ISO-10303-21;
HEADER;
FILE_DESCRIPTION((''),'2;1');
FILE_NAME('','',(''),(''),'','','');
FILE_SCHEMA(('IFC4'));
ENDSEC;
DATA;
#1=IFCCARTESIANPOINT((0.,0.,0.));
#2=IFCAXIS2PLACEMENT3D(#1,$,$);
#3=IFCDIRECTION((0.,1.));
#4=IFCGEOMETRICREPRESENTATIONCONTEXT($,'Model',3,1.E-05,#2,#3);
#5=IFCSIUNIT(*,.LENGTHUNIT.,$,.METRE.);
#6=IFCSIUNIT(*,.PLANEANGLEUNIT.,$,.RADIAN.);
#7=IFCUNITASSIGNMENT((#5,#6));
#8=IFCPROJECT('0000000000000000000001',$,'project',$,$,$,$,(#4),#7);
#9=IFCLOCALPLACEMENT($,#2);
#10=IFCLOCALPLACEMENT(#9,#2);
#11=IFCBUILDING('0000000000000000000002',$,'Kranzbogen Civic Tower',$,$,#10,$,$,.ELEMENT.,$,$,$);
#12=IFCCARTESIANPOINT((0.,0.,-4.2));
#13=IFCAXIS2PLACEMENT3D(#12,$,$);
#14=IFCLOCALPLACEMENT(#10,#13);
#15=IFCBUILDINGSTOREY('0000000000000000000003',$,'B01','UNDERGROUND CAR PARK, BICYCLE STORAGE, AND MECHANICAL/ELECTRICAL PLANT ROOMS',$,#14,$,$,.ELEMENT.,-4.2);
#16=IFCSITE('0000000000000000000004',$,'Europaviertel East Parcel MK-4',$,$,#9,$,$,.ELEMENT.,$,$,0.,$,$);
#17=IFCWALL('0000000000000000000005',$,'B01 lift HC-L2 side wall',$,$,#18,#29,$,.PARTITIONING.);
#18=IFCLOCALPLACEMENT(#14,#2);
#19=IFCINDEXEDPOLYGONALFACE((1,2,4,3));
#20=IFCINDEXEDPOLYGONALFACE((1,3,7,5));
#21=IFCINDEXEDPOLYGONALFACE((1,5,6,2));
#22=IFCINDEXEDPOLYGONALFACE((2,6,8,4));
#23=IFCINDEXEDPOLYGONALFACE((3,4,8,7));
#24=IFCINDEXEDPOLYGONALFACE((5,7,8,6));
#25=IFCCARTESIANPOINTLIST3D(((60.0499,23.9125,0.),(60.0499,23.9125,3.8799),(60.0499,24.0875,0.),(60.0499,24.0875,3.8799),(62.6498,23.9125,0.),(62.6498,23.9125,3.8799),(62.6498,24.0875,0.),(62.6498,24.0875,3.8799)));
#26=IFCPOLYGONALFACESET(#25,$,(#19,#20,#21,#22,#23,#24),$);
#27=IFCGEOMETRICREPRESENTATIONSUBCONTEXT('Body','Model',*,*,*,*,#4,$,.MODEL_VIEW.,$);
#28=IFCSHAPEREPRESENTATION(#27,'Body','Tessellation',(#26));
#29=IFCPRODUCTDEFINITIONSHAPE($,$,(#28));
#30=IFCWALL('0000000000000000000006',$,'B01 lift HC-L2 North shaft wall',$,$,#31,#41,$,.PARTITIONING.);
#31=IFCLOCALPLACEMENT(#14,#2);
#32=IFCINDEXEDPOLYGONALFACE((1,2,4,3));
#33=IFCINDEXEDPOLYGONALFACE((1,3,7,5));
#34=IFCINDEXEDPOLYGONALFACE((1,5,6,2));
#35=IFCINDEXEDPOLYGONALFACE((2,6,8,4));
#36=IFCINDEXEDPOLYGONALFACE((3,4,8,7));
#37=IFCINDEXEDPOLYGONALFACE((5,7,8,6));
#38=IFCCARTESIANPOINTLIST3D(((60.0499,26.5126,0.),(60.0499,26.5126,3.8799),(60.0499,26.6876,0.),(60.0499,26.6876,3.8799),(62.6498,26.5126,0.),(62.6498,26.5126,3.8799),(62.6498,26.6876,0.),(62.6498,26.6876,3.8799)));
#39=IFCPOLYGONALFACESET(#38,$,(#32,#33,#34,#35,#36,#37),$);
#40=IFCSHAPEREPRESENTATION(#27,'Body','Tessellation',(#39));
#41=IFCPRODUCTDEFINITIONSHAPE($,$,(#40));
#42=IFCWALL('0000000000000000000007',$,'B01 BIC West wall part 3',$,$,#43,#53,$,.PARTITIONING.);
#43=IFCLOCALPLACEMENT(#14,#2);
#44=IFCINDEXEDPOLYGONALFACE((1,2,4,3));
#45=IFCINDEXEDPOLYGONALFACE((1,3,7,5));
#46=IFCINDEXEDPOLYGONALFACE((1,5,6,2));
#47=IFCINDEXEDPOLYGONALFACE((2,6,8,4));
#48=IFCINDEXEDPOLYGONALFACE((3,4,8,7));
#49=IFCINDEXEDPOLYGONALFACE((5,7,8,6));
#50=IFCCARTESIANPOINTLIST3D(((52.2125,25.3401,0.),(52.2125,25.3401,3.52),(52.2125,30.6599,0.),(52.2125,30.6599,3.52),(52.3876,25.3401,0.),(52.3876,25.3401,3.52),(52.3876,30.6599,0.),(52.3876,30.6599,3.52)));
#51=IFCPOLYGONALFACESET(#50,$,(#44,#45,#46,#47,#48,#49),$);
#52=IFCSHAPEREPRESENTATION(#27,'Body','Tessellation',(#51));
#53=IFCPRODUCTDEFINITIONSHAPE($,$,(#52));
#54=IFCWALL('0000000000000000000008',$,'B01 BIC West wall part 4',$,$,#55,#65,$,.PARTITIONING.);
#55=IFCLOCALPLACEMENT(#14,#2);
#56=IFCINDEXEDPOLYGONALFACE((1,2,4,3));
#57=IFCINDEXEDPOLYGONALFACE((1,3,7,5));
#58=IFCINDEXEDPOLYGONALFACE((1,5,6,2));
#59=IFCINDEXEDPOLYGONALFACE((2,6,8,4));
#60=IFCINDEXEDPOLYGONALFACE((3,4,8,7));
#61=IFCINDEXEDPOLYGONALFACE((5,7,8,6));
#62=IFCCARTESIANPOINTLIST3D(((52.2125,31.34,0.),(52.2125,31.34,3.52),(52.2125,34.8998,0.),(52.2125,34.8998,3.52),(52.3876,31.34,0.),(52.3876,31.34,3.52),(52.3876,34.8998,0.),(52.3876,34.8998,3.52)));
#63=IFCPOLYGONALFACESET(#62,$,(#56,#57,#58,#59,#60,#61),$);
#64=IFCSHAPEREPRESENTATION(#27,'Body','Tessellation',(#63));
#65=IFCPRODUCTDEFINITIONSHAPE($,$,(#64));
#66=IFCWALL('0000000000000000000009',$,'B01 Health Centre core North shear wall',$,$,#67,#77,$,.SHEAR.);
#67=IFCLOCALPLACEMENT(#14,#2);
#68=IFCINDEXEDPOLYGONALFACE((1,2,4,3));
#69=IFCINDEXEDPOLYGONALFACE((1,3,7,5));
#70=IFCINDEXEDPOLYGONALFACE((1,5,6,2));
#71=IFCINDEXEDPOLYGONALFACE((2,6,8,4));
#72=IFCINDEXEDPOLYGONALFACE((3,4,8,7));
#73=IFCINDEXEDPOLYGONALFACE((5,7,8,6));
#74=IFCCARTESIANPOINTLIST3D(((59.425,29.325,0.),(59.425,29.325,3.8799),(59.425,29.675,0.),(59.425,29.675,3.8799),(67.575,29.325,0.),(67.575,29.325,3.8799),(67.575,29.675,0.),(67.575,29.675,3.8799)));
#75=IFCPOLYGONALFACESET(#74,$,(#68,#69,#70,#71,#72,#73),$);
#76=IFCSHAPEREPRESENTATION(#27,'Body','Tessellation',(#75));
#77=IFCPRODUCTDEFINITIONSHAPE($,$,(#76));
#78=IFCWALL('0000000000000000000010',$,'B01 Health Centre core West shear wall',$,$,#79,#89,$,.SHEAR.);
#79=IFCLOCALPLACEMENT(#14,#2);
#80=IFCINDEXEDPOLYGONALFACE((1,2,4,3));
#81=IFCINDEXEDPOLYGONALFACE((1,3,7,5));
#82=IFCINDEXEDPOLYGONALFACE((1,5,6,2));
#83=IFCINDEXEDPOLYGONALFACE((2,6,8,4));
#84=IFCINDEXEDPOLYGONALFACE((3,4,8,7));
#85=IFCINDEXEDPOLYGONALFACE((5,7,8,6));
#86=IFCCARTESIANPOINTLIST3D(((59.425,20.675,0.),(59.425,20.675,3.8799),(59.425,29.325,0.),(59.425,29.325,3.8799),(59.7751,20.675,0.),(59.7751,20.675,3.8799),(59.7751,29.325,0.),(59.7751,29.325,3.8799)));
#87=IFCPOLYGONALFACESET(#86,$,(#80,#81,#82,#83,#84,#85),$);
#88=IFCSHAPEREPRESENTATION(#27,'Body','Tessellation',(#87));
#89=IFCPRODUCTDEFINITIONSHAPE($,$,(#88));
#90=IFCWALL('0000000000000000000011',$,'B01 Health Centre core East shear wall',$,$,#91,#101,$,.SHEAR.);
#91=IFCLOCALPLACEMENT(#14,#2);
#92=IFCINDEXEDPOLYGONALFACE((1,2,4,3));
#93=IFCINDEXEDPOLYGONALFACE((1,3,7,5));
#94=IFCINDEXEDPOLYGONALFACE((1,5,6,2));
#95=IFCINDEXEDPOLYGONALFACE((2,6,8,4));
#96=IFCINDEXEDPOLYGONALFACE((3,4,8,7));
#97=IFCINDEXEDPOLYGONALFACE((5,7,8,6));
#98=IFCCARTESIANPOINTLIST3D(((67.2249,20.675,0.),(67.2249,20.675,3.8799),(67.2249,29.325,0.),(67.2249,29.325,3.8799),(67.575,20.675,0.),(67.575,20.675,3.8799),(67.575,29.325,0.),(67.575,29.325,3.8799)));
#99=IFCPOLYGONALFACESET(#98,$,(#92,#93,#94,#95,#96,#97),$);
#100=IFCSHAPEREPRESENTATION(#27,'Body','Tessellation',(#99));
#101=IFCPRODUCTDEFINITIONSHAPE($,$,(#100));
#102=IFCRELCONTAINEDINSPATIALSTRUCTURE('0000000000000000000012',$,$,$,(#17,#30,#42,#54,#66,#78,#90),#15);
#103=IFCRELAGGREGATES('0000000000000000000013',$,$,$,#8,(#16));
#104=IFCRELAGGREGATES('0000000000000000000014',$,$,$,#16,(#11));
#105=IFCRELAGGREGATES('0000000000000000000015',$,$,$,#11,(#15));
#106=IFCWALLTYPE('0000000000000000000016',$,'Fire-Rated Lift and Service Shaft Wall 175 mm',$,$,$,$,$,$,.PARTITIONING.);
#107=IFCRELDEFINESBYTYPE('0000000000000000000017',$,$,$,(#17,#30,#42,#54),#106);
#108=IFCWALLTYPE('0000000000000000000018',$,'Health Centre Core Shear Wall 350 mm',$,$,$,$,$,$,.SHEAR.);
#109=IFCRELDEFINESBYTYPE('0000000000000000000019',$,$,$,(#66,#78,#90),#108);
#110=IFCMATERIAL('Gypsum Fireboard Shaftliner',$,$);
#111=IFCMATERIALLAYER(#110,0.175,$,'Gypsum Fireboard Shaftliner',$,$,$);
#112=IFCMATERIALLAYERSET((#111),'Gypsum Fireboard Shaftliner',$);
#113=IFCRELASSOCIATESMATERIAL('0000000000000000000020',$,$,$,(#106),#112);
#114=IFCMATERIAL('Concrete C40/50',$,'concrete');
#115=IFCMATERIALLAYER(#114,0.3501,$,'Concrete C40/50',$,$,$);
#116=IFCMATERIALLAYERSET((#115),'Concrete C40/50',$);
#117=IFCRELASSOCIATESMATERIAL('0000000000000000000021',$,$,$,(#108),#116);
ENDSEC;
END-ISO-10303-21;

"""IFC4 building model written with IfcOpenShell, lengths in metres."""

from ifc_helpers import new_model, si_unit, direction, frame, frame_2d, origin, place, context, subcontext, project, spatial, rectangle, extrude, material, layer, layer_set, type_object, element, save


model = new_model("IFC4")

# Units and contexts
model_context = context("Model", 3, precision=1e-05, world=origin(), true_north=direction((0.0, 1.0)))
body_context = subcontext(model_context, "Body", "Model", "MODEL_VIEW")
ifc_project = project(units=[si_unit("LENGTHUNIT", "METRE"), si_unit("PLANEANGLEUNIT", "RADIAN")], contexts=[model_context])

# Site, building, storey
site_placement = place(None, origin())
site = spatial("IfcSite", under=ifc_project, at=site_placement, Name="Europaviertel East Parcel MK-4", CompositionType="ELEMENT", RefElevation=0.0)
building_placement = place(site_placement, origin())
building = spatial("IfcBuilding", under=site, at=building_placement, Name="Kranzbogen Civic Tower", CompositionType="ELEMENT")
storey_placement = place(building_placement, frame((0.0, 0.0, -4.2)))
storey = spatial("IfcBuildingStorey", under=building, at=storey_placement, Name="B01", Description="UNDERGROUND CAR PARK, BICYCLE STORAGE, AND MECHANICAL/ELECTRICAL PLANT ROOMS", CompositionType="ELEMENT", Elevation=-4.2)

# Shared definitions
ifc_material_1 = material(Name="Concrete C40/50", Category="concrete")

# Shared definitions
ifc_material_2 = material(Name="Gypsum Fireboard Shaftliner")
ifc_layer_1 = layer(ifc_material_2, 0.175, Name="Gypsum Fireboard Shaftliner")
ifc_layer_set_1 = layer_set([ifc_layer_1], Name="Gypsum Fireboard Shaftliner")
wall_type_1 = type_object("IfcWallType", Name="Fire-Rated Lift and Service Shaft Wall 175 mm", PredefinedType="PARTITIONING", material=ifc_layer_set_1)

# Walls
for number, where, z_axis, x_axis, name in (
    (1, (60.05, 24.0, 0.0), (0.0, 0.0, 1.0), (1.0, 0.0, 0.0), "B01 lift HC-L2 side wall"),
    (2, (60.05, 26.6001, 0.0), (0.0, 0.0, 1.0), (1.0, 0.0, 0.0), "B01 lift HC-L2 North shaft wall"),
):
    element("IfcWall", number, at=place(storey_placement, frame(where, z_axis=z_axis, x_axis=x_axis)), inside=storey, type_object=wall_type_1, Name=name, PredefinedType="PARTITIONING", context=body_context, shape_type="SweptSolid", body=[
        extrude(rectangle(XDim=2.5999, YDim=0.175, at=frame_2d((1.2998, 0.0))), origin(), (0.0, 0.0, 1.0), 3.8799),
    ])
wall_1_placement = place(storey_placement, frame((52.3, 25.3401, 0.0), z_axis=(0.0, 0.0, 1.0), x_axis=(0.0, 1.0, 0.0)))
element("IfcWall", 3, at=wall_1_placement, inside=storey, type_object=wall_type_1, Name="B01 BIC West wall part 3", PredefinedType="PARTITIONING", context=body_context, shape_type="SweptSolid", body=[
    extrude(rectangle(XDim=5.3198, YDim=0.175, at=frame_2d((2.6599, 0.0))), origin(), (0.0, 0.0, 1.0), 3.52),
])
wall_2_placement = place(storey_placement, frame((52.3, 31.3401, 0.0), z_axis=(0.0, 0.0, 1.0), x_axis=(0.0, 1.0, 0.0)))
element("IfcWall", 4, at=wall_2_placement, inside=storey, type_object=wall_type_1, Name="B01 BIC West wall part 4", PredefinedType="PARTITIONING", context=body_context, shape_type="SweptSolid", body=[
    extrude(rectangle(XDim=3.5598, YDim=0.175, at=frame_2d((1.7798, 0.0))), origin(), (0.0, 0.0, 1.0), 3.52),
])
ifc_layer_2 = layer(ifc_material_1, 0.3501, Name="Concrete C40/50")
ifc_layer_set_2 = layer_set([ifc_layer_2], Name="Concrete C40/50")
wall_type_2 = type_object("IfcWallType", Name="Health Centre Core Shear Wall 350 mm", PredefinedType="SHEAR", material=ifc_layer_set_2)
wall_3_placement = place(storey_placement, frame((67.575, 29.5, 0.0), z_axis=(0.0, 0.0, 1.0), x_axis=(-1.0, 0.0, 0.0)))
element("IfcWall", 5, at=wall_3_placement, inside=storey, type_object=wall_type_2, Name="B01 Health Centre core North shear wall", PredefinedType="SHEAR", context=body_context, shape_type="SweptSolid", body=[
    extrude(rectangle(XDim=8.1499, YDim=0.3501, at=frame_2d((4.075, 0.0))), origin(), (0.0, 0.0, 1.0), 3.8799),
])
for number, where, z_axis, x_axis, name in (
    (6, (59.6001, 29.325, 0.0), (0.0, 0.0, 1.0), (0.0, -1.0, 0.0), "B01 Health Centre core West shear wall"),
    (7, (67.3999, 20.675, 0.0), (0.0, 0.0, 1.0), (0.0, 1.0, 0.0), "B01 Health Centre core East shear wall"),
):
    element("IfcWall", number, at=place(storey_placement, frame(where, z_axis=z_axis, x_axis=x_axis)), inside=storey, type_object=wall_type_2, Name=name, PredefinedType="SHEAR", context=body_context, shape_type="SweptSolid", body=[
        extrude(rectangle(XDim=8.6499, YDim=0.3501, at=frame_2d((4.325, 0.0))), origin(), (0.0, 0.0, 1.0), 3.8799),
    ])

save(model, "model.ifc")
